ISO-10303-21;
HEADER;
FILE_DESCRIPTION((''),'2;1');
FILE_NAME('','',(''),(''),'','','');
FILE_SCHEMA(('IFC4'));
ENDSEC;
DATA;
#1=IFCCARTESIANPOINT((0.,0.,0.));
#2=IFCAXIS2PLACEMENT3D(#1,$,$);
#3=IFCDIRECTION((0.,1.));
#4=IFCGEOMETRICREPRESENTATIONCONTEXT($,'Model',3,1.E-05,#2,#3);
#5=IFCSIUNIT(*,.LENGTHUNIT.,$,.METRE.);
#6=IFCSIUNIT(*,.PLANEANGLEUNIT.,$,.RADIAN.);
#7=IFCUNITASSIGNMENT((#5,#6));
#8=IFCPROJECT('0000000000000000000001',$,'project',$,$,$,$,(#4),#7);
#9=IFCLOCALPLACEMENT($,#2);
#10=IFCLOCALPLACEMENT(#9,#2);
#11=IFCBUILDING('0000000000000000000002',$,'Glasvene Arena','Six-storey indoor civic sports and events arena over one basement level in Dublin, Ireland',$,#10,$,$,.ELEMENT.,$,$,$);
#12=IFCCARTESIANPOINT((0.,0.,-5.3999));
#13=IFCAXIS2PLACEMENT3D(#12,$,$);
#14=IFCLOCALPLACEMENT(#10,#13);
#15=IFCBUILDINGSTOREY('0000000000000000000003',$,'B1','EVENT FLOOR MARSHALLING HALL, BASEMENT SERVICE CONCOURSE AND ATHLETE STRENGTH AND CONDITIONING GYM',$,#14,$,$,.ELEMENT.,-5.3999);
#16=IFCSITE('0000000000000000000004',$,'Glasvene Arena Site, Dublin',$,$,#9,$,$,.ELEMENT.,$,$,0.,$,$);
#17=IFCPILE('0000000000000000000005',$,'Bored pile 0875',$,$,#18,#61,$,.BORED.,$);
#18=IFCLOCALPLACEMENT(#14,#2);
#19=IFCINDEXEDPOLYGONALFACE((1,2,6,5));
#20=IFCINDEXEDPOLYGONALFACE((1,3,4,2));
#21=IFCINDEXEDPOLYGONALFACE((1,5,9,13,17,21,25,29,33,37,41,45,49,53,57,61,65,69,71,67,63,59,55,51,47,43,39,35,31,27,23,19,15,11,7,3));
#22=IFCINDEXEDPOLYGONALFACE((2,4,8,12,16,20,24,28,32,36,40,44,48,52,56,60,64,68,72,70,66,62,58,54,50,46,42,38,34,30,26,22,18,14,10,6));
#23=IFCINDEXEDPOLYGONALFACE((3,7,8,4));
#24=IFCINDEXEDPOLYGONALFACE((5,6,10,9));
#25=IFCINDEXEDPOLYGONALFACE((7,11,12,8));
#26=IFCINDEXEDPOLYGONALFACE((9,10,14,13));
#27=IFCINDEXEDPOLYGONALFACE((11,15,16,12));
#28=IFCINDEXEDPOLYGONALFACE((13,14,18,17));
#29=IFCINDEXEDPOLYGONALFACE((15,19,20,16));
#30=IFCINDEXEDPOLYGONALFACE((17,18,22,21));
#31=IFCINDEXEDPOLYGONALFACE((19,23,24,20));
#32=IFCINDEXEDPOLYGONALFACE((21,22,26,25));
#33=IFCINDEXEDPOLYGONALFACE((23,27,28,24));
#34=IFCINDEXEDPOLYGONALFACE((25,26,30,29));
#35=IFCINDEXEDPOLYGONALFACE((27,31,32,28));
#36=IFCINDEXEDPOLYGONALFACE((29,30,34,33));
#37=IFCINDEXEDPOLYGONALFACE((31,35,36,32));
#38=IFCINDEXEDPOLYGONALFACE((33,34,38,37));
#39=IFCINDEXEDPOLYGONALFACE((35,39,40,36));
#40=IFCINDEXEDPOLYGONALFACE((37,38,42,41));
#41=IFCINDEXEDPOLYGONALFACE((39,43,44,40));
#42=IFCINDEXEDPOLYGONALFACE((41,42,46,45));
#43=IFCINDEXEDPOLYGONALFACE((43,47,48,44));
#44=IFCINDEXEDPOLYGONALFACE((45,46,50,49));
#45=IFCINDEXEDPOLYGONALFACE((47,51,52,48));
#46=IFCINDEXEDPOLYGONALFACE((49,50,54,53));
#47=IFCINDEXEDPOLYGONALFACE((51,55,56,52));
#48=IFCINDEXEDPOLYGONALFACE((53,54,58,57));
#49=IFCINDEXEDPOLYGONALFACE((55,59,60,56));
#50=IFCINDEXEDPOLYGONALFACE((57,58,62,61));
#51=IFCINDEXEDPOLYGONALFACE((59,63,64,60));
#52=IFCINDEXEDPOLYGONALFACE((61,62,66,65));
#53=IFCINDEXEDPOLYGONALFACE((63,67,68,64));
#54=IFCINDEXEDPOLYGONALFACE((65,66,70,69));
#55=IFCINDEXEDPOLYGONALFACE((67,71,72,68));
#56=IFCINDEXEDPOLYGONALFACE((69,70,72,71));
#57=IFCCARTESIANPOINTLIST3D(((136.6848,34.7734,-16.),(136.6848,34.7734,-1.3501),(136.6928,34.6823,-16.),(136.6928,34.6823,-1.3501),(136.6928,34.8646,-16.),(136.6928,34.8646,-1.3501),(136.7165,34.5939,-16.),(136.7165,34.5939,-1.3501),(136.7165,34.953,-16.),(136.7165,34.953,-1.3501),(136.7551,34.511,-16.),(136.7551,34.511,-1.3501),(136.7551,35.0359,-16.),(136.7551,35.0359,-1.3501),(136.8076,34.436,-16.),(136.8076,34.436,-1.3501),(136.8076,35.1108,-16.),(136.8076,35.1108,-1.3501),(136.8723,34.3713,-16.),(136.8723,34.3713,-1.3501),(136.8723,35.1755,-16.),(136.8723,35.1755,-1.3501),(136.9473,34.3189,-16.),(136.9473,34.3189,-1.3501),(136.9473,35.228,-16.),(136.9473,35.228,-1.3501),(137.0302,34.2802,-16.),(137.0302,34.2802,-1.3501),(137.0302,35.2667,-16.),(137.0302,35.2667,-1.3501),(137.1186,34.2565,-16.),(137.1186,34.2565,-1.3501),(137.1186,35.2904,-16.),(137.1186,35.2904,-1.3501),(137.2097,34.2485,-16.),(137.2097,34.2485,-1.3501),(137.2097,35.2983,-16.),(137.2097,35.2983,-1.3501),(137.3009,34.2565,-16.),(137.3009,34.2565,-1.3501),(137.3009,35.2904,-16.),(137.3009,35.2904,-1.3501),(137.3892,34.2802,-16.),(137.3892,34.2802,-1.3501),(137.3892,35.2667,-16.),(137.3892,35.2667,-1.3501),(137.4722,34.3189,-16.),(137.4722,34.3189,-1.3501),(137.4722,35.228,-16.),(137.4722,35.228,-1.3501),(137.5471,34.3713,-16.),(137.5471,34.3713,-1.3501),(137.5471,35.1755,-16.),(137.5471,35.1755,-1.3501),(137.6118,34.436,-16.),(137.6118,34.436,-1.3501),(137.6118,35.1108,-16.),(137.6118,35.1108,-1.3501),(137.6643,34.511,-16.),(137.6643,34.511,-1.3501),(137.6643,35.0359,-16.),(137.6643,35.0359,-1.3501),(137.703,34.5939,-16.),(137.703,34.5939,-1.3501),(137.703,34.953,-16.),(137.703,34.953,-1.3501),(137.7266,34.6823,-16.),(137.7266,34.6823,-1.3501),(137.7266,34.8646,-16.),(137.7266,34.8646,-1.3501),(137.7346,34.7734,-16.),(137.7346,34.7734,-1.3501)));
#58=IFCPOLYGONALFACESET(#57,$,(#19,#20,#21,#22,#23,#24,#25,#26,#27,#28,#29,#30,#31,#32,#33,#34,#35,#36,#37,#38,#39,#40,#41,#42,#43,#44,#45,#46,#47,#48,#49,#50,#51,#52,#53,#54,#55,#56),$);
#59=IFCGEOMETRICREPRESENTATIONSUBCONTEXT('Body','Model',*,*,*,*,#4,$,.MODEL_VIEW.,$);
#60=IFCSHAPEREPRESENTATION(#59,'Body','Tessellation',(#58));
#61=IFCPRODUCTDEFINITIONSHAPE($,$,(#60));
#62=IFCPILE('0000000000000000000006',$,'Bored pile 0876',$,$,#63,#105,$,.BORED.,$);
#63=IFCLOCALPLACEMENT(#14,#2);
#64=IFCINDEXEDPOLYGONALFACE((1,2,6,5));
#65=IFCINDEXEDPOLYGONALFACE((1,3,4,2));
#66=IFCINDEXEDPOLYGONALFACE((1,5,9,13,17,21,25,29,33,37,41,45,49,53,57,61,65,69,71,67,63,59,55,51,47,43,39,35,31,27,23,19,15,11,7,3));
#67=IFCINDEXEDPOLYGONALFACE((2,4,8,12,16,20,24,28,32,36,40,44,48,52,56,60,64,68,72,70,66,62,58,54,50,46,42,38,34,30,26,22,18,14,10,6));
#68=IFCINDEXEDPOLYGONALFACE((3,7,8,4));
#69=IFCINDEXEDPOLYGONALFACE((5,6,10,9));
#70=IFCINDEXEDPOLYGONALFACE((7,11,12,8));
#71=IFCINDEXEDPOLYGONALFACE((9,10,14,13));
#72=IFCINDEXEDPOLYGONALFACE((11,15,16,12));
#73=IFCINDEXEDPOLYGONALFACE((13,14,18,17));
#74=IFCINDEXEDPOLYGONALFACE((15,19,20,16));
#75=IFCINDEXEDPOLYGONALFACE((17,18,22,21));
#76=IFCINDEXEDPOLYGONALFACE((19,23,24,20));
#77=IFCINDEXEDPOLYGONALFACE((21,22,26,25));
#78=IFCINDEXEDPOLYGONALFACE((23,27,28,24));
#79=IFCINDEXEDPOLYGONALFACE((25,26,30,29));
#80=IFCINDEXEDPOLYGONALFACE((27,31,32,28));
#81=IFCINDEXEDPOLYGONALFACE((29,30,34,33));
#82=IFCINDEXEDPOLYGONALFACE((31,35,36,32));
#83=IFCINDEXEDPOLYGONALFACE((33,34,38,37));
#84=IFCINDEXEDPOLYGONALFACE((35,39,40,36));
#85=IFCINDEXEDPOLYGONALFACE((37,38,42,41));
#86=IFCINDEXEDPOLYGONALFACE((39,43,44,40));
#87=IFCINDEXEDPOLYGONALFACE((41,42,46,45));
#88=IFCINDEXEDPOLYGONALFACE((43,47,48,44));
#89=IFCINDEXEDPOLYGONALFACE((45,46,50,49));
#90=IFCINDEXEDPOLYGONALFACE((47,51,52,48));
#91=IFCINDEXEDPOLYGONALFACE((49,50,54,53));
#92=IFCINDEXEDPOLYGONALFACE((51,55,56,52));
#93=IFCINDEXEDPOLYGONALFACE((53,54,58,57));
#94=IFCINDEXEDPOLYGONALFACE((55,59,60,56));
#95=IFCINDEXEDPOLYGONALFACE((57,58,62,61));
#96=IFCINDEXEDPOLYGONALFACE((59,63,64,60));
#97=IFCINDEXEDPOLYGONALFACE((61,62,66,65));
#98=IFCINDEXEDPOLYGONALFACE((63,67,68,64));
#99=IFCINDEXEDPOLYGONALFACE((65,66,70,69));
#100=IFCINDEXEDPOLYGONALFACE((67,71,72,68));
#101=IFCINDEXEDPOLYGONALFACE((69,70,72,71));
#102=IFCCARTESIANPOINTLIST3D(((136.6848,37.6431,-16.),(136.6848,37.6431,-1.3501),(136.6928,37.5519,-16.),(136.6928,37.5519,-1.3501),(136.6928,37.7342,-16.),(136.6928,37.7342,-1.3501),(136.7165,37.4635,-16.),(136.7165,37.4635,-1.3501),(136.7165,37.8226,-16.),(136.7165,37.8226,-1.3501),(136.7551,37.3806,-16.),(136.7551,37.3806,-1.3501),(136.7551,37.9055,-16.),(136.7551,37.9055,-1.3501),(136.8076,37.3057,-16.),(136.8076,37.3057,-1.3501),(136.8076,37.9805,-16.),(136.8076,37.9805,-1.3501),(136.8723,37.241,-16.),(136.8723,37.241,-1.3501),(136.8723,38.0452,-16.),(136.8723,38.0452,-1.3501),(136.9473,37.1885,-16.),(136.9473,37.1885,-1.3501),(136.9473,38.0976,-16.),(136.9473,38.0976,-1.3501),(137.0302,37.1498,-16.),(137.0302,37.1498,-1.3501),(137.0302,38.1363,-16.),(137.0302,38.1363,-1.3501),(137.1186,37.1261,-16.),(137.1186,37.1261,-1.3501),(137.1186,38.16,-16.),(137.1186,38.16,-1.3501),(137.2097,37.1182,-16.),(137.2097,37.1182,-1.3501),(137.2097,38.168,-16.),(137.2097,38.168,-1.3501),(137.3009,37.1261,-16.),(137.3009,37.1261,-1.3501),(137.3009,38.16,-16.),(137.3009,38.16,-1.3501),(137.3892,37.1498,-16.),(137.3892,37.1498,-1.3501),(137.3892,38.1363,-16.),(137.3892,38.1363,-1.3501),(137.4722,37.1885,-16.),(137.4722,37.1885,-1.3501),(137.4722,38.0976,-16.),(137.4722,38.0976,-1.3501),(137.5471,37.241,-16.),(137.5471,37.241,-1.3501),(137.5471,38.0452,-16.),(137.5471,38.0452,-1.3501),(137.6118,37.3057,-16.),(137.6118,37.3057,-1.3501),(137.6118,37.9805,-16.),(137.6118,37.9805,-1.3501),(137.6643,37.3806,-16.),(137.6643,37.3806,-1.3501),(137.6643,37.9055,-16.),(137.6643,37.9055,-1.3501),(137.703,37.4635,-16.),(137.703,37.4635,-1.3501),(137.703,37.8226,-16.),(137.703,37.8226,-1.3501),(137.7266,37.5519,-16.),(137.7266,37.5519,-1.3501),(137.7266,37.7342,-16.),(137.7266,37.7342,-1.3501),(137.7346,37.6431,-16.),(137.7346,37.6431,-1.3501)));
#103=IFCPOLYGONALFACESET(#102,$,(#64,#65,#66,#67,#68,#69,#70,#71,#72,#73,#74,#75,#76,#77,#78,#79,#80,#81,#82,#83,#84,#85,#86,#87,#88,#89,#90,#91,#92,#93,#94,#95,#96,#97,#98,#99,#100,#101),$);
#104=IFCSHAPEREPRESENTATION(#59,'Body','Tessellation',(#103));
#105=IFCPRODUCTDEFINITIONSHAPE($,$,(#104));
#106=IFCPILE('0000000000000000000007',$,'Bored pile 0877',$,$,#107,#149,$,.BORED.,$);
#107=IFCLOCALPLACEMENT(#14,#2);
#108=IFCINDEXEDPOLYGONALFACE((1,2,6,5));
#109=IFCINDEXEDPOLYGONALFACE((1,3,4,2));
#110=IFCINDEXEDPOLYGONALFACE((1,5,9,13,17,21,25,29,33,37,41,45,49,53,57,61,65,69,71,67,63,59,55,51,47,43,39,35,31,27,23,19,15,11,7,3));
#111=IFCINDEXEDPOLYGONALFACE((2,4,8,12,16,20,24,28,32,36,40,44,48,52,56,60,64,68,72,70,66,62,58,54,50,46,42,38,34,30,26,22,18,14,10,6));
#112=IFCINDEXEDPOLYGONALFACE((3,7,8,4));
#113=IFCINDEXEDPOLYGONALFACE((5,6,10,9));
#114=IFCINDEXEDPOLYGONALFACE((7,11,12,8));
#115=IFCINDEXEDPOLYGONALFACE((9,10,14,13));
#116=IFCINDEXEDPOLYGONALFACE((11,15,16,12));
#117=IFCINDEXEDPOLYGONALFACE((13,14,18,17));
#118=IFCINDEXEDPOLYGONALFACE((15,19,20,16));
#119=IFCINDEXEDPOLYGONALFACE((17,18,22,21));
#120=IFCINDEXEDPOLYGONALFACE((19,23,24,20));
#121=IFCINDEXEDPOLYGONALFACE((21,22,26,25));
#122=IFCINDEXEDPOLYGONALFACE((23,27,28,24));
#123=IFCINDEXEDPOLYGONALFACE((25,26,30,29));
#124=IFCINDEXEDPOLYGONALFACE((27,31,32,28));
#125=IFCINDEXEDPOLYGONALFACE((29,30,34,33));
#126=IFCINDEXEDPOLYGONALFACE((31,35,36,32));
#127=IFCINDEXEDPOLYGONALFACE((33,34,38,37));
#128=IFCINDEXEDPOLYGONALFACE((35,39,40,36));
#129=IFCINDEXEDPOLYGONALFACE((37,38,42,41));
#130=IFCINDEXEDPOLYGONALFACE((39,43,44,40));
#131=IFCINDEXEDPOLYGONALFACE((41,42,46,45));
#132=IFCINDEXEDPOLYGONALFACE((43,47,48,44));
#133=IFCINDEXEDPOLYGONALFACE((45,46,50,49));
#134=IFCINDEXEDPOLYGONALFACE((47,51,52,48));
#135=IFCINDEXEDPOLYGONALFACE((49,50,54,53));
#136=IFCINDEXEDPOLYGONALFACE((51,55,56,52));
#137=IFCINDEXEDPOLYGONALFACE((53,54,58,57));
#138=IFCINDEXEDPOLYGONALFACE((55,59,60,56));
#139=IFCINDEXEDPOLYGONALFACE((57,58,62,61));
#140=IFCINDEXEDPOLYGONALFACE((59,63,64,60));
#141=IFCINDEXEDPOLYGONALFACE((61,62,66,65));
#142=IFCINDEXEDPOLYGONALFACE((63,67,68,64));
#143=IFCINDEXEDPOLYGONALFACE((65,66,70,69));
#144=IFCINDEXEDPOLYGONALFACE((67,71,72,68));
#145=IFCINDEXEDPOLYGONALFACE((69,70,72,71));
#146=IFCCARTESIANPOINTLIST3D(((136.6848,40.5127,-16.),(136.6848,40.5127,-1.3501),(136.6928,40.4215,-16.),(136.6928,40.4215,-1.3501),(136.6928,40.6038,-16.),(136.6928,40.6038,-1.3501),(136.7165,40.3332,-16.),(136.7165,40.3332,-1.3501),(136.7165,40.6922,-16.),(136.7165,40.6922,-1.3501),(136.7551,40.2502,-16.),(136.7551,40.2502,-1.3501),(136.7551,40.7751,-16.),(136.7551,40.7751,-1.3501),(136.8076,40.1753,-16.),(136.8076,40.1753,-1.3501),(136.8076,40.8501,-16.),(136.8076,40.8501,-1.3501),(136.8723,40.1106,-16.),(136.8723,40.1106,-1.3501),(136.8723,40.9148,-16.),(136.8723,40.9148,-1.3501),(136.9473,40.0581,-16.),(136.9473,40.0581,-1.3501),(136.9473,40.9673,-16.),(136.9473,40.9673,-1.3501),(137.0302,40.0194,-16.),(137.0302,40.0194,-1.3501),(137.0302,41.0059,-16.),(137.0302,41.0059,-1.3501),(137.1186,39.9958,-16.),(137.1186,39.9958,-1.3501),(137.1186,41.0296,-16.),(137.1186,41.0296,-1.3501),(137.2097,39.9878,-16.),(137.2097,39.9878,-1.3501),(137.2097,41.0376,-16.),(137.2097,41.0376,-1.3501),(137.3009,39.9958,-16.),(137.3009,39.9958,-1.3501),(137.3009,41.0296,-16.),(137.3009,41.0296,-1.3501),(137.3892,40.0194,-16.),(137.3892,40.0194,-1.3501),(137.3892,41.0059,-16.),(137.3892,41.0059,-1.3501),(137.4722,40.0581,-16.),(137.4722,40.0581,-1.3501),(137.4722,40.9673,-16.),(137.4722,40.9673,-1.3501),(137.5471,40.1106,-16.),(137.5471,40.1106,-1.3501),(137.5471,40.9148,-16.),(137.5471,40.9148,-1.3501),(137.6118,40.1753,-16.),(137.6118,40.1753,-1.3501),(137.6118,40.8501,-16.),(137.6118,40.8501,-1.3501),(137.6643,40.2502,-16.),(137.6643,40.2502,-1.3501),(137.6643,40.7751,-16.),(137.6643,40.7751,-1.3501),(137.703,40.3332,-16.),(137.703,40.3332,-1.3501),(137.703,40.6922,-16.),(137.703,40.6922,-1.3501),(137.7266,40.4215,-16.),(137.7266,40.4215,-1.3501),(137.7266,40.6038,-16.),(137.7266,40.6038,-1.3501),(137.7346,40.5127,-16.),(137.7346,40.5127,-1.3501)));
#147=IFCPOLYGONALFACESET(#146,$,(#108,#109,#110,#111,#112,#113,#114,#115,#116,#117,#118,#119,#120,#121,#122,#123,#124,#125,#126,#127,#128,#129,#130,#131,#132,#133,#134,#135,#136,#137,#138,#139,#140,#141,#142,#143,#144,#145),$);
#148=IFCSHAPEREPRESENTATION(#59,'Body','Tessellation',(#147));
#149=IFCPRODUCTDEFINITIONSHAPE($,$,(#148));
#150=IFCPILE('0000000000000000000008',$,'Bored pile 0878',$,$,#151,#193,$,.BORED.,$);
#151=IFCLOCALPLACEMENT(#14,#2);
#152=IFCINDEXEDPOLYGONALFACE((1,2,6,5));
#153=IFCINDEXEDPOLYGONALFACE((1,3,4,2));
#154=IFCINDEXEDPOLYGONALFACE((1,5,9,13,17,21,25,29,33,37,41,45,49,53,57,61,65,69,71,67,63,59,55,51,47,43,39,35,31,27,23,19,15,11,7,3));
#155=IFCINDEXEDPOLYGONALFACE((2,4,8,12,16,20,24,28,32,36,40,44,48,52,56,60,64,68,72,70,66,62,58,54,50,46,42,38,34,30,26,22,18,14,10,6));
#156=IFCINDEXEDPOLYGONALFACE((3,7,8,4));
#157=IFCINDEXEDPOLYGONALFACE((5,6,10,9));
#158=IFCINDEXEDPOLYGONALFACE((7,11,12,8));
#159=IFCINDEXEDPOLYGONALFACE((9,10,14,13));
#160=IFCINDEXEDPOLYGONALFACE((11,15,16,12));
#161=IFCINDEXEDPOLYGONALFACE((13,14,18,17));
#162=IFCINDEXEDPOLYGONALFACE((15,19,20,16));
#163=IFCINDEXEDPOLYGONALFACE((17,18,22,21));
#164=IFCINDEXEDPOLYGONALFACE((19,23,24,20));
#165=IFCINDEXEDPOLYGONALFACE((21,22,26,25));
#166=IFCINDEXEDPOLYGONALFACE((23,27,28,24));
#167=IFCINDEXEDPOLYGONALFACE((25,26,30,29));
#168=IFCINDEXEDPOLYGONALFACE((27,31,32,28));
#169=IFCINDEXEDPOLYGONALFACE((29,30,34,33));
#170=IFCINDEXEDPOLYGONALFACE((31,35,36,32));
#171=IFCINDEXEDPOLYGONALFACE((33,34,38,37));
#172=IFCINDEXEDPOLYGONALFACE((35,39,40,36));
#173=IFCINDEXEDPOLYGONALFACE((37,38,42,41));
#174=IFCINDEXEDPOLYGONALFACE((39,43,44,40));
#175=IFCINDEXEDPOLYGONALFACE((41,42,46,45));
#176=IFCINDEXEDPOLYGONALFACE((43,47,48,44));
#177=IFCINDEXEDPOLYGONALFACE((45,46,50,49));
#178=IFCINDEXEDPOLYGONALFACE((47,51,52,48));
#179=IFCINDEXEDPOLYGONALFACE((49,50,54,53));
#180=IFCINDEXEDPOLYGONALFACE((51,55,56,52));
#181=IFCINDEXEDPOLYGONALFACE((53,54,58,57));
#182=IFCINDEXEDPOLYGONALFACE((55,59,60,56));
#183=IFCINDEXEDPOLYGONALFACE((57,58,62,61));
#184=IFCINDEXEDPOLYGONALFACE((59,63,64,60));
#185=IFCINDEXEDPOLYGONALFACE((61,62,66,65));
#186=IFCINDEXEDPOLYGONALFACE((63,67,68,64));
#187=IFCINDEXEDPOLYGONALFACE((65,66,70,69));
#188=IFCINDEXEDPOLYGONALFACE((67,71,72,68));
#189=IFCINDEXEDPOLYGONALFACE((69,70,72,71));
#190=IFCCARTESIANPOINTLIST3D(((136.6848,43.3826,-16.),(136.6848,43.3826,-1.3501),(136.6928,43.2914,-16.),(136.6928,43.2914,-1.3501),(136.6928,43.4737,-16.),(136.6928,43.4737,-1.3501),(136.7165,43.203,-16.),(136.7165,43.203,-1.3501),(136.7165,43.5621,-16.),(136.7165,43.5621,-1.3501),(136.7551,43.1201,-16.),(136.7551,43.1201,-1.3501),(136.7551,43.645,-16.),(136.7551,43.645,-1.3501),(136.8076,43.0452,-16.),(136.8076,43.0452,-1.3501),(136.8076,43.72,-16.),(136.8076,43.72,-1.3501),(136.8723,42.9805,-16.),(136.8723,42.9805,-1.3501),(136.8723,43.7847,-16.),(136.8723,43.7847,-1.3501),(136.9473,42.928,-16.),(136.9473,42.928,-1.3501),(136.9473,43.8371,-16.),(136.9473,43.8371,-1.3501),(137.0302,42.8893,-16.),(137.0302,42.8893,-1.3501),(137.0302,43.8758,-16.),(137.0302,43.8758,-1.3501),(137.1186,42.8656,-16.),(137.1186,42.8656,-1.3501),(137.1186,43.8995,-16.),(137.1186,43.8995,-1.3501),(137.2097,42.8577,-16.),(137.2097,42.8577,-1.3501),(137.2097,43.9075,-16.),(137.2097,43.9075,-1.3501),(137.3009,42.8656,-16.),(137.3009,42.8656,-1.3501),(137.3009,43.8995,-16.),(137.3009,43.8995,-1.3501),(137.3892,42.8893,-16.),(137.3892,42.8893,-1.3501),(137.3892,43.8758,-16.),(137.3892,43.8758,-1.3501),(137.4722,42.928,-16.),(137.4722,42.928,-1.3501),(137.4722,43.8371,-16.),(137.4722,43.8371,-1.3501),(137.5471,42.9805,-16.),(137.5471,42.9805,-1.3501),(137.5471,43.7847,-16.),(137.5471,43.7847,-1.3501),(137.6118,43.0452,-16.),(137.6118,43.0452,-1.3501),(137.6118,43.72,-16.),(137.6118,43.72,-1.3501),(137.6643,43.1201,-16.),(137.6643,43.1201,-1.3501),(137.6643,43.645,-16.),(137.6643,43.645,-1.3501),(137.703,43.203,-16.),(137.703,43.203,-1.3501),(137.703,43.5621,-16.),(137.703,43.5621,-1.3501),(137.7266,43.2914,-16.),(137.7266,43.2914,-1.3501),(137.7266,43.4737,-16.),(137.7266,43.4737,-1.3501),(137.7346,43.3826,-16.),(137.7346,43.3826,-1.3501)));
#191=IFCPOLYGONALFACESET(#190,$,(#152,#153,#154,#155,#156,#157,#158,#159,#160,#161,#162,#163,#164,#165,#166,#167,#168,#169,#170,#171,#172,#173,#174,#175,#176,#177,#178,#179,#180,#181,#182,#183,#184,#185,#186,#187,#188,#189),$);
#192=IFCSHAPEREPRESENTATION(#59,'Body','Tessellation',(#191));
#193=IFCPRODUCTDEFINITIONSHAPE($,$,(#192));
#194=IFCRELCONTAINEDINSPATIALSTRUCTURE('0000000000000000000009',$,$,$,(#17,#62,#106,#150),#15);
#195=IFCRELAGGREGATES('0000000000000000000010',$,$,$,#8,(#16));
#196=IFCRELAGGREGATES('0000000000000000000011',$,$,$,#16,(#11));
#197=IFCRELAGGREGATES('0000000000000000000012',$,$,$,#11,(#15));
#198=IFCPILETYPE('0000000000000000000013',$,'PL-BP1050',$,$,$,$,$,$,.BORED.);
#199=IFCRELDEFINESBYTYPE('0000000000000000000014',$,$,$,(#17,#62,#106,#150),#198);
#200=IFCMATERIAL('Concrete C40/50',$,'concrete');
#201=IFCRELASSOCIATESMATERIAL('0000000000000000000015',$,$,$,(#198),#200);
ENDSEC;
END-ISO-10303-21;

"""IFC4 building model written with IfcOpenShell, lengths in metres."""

from ifc_helpers import new_model, si_unit, direction, frame, origin, origin_2d, place, context, subcontext, project, spatial, circle, extrude, material, material_profile, profile_set, type_object, element, save


model = new_model("IFC4")

# Units and contexts
model_context = context("Model", 3, precision=1e-05, world=origin(), true_north=direction((0.0, 1.0)))
body_context = subcontext(model_context, "Body", "Model", "MODEL_VIEW")
ifc_project = project(units=[si_unit("LENGTHUNIT", "METRE"), si_unit("PLANEANGLEUNIT", "RADIAN")], contexts=[model_context])

# Site, building, storey
site_placement = place(None, origin())
site = spatial("IfcSite", under=ifc_project, at=site_placement, Name="Glasvene Arena Site, Dublin", CompositionType="ELEMENT", RefElevation=0.0)
building_placement = place(site_placement, origin())
building = spatial("IfcBuilding", under=site, at=building_placement, Name="Glasvene Arena", Description="Six-storey indoor civic sports and events arena over one basement level in Dublin, Ireland", CompositionType="ELEMENT")
storey_placement = place(building_placement, frame((0.0, 0.0, -5.3999)))
storey = spatial("IfcBuildingStorey", under=building, at=storey_placement, Name="B1", Description="EVENT FLOOR MARSHALLING HALL, BASEMENT SERVICE CONCOURSE AND ATHLETE STRENGTH AND CONDITIONING GYM", CompositionType="ELEMENT", Elevation=-5.3999)

# Piles
ifc_material_1 = material(Name="Concrete C40/50", Category="concrete")
ifc_material_profile_1 = material_profile(ifc_material_1, circle(Radius=0.5249, at=origin_2d()), Name="BORED PILE 1050")
ifc_profile_set_1 = profile_set([ifc_material_profile_1], Name="Concrete C40/50")
pile_type = type_object("IfcPileType", Name="PL-BP1050", PredefinedType="BORED", material=ifc_profile_set_1)
for number, where, z_axis, x_axis, name in (
    (1, (137.2097, 34.7734, -1.3501), (0.0, 0.0, -1.0), (1.0, 0.0, 0.0), "Bored pile 0875"),
    (2, (137.2097, 37.6431, -1.3501), (0.0, 0.0, -1.0), (1.0, 0.0, 0.0), "Bored pile 0876"),
    (3, (137.2097, 40.5127, -1.3501), (0.0, 0.0, -1.0), (1.0, 0.0, 0.0), "Bored pile 0877"),
    (4, (137.2097, 43.3826, -1.3501), (0.0, 0.0, -1.0), (1.0, 0.0, 0.0), "Bored pile 0878"),
):
    element("IfcPile", number, at=place(storey_placement, frame(where, z_axis=z_axis, x_axis=x_axis)), inside=storey, type_object=pile_type, Name=name, PredefinedType="BORED", context=body_context, shape_type="SweptSolid", body=[
        extrude(circle(Radius=0.5249, at=origin_2d()), origin(), (0.0, 0.0, 1.0), 14.6499),
    ])

save(model, "model.ifc")
